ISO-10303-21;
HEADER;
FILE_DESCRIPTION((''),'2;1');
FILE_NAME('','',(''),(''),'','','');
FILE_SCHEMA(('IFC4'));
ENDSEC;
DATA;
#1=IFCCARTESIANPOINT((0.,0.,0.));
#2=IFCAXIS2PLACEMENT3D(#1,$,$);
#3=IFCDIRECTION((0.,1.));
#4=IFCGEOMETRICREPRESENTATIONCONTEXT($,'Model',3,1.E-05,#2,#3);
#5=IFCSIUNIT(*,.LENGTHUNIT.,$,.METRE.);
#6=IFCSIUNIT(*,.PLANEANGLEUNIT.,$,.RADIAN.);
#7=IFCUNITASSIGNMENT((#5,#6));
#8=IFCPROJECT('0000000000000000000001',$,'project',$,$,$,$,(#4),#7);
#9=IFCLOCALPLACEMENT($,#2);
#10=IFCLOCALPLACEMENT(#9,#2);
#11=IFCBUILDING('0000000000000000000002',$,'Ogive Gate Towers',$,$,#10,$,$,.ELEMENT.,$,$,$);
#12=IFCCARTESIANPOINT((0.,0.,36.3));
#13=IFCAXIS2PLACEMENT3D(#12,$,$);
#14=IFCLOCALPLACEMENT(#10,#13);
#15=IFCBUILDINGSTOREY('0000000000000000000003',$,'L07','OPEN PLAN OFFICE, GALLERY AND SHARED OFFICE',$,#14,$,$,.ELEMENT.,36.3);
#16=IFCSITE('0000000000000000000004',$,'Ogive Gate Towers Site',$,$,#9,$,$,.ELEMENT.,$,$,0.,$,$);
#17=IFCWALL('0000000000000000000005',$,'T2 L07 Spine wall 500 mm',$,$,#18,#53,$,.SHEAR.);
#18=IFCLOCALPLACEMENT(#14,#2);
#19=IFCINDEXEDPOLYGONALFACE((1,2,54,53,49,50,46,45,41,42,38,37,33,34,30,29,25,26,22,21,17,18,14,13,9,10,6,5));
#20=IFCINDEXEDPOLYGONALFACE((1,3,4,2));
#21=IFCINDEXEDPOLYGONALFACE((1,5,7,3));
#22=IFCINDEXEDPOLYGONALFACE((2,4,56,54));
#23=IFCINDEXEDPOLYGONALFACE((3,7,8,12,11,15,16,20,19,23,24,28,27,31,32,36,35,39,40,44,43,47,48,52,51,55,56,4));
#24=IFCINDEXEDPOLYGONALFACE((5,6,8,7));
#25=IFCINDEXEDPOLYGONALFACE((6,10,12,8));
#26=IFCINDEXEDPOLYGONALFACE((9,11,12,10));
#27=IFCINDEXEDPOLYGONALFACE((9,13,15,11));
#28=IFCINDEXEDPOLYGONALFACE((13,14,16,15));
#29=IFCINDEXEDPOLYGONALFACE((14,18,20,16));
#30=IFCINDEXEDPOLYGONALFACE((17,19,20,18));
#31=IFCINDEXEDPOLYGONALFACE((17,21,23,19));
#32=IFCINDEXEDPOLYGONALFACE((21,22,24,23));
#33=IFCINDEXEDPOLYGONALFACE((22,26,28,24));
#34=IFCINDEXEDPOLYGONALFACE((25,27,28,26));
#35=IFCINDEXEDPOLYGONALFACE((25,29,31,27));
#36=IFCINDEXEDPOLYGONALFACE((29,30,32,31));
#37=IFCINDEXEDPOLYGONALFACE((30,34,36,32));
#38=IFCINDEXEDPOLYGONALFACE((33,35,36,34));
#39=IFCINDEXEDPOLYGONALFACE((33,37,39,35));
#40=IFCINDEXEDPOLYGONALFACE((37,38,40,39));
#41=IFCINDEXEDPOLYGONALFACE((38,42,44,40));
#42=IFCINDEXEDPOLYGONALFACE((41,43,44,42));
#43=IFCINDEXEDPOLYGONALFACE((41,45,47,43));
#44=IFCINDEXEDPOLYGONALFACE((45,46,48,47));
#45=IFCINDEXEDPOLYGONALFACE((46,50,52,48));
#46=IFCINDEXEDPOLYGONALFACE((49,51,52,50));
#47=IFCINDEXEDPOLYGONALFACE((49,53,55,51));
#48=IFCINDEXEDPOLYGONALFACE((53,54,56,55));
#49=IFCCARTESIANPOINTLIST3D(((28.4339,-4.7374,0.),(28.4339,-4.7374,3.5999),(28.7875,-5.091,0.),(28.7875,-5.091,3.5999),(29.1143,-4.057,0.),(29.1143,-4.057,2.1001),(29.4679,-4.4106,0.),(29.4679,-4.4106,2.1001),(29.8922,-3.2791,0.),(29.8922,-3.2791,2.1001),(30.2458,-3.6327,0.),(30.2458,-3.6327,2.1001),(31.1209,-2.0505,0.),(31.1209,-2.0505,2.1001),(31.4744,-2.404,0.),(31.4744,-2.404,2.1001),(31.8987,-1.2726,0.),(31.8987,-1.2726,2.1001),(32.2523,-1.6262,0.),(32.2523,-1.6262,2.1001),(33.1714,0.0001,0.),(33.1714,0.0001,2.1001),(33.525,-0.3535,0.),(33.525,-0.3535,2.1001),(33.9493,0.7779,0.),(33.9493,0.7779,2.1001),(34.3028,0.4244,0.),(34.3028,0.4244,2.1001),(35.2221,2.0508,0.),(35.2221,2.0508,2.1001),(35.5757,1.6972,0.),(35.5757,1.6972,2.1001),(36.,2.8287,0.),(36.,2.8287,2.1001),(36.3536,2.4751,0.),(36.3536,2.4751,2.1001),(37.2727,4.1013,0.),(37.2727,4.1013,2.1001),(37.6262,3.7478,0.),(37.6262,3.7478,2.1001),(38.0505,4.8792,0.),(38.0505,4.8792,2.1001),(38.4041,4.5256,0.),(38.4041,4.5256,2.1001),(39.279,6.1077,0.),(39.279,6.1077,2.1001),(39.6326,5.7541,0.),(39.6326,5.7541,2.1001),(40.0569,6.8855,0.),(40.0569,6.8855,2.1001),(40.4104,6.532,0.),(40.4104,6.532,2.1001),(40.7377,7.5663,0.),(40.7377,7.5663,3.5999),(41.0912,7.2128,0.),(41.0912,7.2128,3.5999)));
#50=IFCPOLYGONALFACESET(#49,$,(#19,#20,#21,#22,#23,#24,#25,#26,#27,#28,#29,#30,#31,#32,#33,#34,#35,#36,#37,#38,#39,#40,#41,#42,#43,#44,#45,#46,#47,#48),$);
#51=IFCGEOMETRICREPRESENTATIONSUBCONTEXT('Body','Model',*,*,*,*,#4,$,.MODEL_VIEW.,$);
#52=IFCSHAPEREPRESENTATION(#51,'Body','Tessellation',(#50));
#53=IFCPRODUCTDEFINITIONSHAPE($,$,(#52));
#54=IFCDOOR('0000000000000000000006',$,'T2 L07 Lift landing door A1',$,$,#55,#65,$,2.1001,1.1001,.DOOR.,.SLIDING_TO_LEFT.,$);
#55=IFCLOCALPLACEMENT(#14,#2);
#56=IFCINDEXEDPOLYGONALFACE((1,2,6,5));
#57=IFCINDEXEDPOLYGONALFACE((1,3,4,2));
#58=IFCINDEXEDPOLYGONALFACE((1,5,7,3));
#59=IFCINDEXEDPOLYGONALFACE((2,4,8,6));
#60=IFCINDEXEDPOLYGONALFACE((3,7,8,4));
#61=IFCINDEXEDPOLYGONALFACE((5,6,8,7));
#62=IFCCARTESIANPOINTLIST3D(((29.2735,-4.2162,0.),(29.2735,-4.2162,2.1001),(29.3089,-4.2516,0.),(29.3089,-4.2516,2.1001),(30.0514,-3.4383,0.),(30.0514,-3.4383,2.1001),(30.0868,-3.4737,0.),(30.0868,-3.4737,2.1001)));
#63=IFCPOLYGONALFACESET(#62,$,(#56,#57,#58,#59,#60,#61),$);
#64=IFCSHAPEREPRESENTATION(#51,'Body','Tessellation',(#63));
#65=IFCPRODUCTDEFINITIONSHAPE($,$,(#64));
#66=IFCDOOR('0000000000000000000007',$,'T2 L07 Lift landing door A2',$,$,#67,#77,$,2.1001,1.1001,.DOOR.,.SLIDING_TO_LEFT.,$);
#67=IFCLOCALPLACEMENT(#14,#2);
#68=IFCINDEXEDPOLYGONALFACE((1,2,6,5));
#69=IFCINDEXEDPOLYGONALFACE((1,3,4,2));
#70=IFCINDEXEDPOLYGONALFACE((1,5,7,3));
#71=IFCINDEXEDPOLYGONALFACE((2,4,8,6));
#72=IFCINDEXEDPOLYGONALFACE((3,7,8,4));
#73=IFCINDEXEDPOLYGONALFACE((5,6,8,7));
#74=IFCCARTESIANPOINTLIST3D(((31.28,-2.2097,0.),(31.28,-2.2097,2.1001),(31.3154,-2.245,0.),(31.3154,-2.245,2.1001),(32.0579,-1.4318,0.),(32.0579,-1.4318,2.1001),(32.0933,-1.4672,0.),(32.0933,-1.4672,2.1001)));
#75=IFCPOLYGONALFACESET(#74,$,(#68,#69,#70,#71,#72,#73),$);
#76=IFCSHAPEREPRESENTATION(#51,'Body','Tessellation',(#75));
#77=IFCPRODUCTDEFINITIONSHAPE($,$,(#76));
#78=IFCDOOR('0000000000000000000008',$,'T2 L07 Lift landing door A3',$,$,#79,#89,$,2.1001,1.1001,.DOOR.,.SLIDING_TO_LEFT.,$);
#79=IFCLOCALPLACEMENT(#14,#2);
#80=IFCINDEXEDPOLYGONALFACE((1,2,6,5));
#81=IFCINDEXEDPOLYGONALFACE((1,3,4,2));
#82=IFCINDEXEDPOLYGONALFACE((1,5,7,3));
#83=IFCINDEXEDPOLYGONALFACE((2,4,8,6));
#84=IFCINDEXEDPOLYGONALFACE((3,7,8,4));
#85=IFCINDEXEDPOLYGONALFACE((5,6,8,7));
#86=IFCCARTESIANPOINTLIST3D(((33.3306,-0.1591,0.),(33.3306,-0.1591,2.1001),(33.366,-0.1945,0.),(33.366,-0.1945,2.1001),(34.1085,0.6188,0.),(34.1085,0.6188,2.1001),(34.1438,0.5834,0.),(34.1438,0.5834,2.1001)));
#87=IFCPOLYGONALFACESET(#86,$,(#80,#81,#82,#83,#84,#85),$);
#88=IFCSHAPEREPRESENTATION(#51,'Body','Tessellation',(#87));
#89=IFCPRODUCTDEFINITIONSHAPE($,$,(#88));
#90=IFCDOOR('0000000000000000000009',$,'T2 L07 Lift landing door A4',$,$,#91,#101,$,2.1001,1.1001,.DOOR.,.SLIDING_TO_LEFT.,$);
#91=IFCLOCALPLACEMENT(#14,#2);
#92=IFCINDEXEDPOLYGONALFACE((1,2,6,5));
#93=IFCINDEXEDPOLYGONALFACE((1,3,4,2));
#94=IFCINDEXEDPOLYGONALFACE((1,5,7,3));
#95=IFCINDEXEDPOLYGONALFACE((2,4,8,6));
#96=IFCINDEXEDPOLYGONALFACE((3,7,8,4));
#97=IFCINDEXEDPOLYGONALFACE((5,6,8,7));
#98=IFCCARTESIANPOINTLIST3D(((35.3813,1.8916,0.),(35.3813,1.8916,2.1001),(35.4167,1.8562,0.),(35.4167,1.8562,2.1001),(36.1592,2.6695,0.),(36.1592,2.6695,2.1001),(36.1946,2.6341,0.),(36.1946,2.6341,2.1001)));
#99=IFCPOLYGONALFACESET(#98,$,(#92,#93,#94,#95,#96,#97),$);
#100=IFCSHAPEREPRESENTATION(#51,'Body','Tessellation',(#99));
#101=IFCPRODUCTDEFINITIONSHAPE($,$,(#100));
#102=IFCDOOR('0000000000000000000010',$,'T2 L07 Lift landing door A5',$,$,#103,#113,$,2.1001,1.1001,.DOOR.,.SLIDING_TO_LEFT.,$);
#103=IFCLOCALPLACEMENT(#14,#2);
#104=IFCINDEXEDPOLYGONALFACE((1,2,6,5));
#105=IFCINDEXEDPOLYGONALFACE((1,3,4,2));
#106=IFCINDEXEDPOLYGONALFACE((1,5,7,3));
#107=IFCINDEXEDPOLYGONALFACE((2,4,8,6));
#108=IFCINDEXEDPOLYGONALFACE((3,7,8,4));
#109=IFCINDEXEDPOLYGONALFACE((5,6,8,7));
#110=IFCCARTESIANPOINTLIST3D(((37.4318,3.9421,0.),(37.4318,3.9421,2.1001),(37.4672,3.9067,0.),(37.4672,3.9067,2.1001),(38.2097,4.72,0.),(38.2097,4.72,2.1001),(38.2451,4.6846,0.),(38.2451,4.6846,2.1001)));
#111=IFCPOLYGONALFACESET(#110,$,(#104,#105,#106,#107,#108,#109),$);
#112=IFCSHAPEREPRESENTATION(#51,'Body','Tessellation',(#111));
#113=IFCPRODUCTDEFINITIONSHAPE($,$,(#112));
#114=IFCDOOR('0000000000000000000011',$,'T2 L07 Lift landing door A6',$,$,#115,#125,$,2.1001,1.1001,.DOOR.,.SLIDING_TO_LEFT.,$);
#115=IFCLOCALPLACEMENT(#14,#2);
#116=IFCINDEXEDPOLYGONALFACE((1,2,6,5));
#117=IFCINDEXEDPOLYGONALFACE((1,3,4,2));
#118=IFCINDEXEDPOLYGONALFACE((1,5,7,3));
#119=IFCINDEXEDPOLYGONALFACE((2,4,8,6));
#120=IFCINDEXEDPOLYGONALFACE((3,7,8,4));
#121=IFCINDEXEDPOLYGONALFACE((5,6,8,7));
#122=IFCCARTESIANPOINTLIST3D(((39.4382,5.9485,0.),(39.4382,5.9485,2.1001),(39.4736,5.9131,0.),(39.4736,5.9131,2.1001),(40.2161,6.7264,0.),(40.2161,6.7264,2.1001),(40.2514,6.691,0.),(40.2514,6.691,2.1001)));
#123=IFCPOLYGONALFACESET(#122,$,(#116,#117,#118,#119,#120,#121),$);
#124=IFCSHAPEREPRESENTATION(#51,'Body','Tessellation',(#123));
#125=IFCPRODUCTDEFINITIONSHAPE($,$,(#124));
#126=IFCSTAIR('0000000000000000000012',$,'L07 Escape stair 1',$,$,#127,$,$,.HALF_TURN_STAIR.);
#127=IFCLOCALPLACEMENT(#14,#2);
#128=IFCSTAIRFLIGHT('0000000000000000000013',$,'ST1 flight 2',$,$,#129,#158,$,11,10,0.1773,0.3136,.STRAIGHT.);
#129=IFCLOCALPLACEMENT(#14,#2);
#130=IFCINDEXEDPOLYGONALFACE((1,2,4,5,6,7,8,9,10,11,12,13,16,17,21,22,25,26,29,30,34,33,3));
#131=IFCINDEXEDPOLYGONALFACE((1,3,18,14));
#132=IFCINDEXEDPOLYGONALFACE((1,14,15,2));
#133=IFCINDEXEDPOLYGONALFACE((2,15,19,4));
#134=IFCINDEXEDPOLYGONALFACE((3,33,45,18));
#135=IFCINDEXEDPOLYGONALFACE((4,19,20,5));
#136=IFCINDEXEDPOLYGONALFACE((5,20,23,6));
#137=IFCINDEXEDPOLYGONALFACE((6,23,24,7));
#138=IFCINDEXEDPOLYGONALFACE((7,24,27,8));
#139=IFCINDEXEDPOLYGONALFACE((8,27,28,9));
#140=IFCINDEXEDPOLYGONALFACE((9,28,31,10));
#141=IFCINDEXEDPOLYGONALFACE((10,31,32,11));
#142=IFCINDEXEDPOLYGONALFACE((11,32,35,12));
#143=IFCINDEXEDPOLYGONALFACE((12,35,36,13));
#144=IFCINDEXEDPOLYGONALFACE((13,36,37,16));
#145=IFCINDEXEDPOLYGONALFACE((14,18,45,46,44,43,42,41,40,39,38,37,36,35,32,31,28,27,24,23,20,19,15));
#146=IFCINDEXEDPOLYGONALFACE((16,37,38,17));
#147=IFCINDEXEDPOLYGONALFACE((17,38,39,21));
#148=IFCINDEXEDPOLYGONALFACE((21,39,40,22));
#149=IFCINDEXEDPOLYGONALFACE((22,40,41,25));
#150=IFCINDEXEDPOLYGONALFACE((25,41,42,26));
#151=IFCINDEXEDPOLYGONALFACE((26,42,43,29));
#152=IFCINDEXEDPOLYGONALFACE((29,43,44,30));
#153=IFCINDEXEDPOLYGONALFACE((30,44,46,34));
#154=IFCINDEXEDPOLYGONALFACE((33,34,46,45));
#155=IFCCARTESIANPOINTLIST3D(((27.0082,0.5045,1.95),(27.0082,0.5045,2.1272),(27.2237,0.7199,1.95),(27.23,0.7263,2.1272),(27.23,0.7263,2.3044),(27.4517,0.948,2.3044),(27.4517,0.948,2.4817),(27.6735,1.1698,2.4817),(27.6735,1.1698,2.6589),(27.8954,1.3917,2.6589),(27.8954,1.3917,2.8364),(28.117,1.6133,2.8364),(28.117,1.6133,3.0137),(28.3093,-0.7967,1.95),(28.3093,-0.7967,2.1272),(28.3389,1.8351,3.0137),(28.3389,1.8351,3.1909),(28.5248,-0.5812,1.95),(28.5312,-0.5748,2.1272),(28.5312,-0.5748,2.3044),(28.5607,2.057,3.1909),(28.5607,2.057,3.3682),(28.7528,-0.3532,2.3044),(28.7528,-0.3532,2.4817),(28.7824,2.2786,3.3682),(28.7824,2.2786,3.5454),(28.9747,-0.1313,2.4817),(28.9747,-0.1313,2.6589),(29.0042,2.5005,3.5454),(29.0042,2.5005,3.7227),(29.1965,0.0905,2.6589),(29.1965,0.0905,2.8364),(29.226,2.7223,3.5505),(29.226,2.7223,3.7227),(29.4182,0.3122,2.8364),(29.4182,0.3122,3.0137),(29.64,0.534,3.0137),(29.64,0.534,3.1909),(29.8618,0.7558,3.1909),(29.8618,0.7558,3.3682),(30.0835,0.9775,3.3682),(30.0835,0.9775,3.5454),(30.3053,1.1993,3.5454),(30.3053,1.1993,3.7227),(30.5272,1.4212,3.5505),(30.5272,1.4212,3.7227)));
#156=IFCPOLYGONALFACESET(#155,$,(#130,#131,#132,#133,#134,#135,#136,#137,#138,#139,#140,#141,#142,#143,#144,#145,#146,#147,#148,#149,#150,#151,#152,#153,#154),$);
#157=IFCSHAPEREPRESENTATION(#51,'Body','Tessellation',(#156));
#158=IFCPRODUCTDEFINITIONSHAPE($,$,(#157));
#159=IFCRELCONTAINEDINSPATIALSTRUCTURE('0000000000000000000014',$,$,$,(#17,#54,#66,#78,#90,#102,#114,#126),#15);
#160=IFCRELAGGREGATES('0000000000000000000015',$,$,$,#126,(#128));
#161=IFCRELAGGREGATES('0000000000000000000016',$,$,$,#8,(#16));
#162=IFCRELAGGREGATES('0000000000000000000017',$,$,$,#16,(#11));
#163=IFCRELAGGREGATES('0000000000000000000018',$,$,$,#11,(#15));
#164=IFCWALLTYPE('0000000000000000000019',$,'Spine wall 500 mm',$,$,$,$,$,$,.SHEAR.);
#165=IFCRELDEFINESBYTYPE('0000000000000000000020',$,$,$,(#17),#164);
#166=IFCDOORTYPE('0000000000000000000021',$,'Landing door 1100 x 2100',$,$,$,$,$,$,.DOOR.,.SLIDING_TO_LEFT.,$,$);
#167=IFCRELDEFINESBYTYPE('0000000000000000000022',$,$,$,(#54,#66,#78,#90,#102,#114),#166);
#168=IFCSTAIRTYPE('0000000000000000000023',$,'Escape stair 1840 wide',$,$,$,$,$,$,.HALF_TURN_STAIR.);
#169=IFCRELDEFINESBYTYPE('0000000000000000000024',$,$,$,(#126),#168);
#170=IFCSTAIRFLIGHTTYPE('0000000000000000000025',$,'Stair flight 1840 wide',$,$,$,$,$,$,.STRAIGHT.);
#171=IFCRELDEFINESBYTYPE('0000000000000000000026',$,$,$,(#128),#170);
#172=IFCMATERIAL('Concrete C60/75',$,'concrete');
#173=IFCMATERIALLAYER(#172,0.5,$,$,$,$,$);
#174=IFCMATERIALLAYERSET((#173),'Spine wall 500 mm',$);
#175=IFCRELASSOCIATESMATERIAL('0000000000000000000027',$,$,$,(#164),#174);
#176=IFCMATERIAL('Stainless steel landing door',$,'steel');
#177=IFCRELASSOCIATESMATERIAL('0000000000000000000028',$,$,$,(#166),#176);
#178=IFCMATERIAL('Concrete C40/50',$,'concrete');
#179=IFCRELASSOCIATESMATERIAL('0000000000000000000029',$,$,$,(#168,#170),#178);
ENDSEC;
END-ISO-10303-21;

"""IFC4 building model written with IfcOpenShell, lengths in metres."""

from ifc_helpers import new_model, si_unit, direction, frame, frame_2d, origin, place, context, subcontext, project, spatial, polyline, rectangle, outline, extrude, material, layer, layer_set, type_object, element, fill, aggregate, save


model = new_model("IFC4")

# Units and contexts
model_context = context("Model", 3, precision=1e-05, world=origin(), true_north=direction((0.0, 1.0)))
body_context = subcontext(model_context, "Body", "Model", "MODEL_VIEW")
ifc_project = project(units=[si_unit("LENGTHUNIT", "METRE"), si_unit("PLANEANGLEUNIT", "RADIAN")], contexts=[model_context])

# Site, building, storey
site_placement = place(None, origin())
site = spatial("IfcSite", under=ifc_project, at=site_placement, Name="Ogive Gate Towers Site", CompositionType="ELEMENT", RefElevation=0.0)
building_placement = place(site_placement, origin())
building = spatial("IfcBuilding", under=site, at=building_placement, Name="Ogive Gate Towers", CompositionType="ELEMENT")
storey_placement = place(building_placement, frame((0.0, 0.0, 36.3)))
storey = spatial("IfcBuildingStorey", under=building, at=storey_placement, Name="L07", Description="OPEN PLAN OFFICE, GALLERY AND SHARED OFFICE", CompositionType="ELEMENT", Elevation=36.3)

# Shared definitions
ifc_material_1 = material(Name="Concrete C60/75", Category="concrete")

# Wall, openings, doors
ifc_layer_1 = layer(ifc_material_1, 0.5)
ifc_layer_set_1 = layer_set([ifc_layer_1], Name="Spine wall 500 mm")
wall_type_1 = type_object("IfcWallType", Name="Spine wall 500 mm", PredefinedType="SHEAR", material=ifc_layer_set_1)
ifc_material_2 = material(Name="Stainless steel landing door", Category="steel")
wall_1_placement = place(storey_placement, frame((28.6106, -4.9143, 0.0), z_axis=(0.0, 0.0, 1.0), x_axis=(0.707107, 0.707107, 0.0)))
wall_1 = element("IfcWall", 1, at=wall_1_placement, inside=storey, type_object=wall_type_1, Name="T2 L07 Spine wall 500 mm", PredefinedType="SHEAR", context=body_context, shape_type="SweptSolid", body=[
    extrude(rectangle(XDim=17.4001, YDim=0.5, at=frame_2d((8.7002, 0.0))), origin(), (0.0, 0.0, 1.0), 3.5999),
])
opening_1_placement = place(wall_1_placement, frame((0.9624, 0.0, 0.0)))
opening_1 = element("IfcOpeningElement", 2, at=opening_1_placement, cuts=wall_1, PredefinedType="OPENING", context=body_context, shape_type="SweptSolid", body=[
    extrude(rectangle(XDim=1.1001, YDim=2.1001, at=frame_2d((0.55, 1.05))), frame((0.0, 0.26, 0.0), z_axis=(0.0, -1.0, 0.0), x_axis=(1.0, 0.0, 0.0)), (0.0, 0.0, 1.0), 0.52),
])
opening_2_placement = place(wall_1_placement, frame((3.8, 0.0, 0.0)))
opening_2 = element("IfcOpeningElement", 3, at=opening_2_placement, cuts=wall_1, PredefinedType="OPENING", context=body_context, shape_type="SweptSolid", body=[
    extrude(rectangle(XDim=1.1001, YDim=2.1001, at=frame_2d((0.55, 1.05))), frame((0.0, 0.26, 0.0), z_axis=(0.0, -1.0, 0.0), x_axis=(1.0, 0.0, 0.0)), (0.0, 0.0, 1.0), 0.52),
])
opening_3_placement = place(wall_1_placement, frame((6.7, 0.0, 0.0)))
opening_3 = element("IfcOpeningElement", 4, at=opening_3_placement, cuts=wall_1, PredefinedType="OPENING", context=body_context, shape_type="SweptSolid", body=[
    extrude(rectangle(XDim=1.1001, YDim=2.1001, at=frame_2d((0.55, 1.05))), frame((0.0, 0.26, 0.0), z_axis=(0.0, -1.0, 0.0), x_axis=(1.0, 0.0, 0.0)), (0.0, 0.0, 1.0), 0.52),
])
opening_4_placement = place(wall_1_placement, frame((9.6001, 0.0, 0.0)))
opening_4 = element("IfcOpeningElement", 5, at=opening_4_placement, cuts=wall_1, PredefinedType="OPENING", context=body_context, shape_type="SweptSolid", body=[
    extrude(rectangle(XDim=1.1001, YDim=2.1001, at=frame_2d((0.55, 1.05))), frame((0.0, 0.26, 0.0), z_axis=(0.0, -1.0, 0.0), x_axis=(1.0, 0.0, 0.0)), (0.0, 0.0, 1.0), 0.52),
])
opening_5_placement = place(wall_1_placement, frame((12.5, 0.0, 0.0)))
opening_5 = element("IfcOpeningElement", 6, at=opening_5_placement, cuts=wall_1, PredefinedType="OPENING", context=body_context, shape_type="SweptSolid", body=[
    extrude(rectangle(XDim=1.1001, YDim=2.1001, at=frame_2d((0.55, 1.05))), frame((0.0, 0.26, 0.0), z_axis=(0.0, -1.0, 0.0), x_axis=(1.0, 0.0, 0.0)), (0.0, 0.0, 1.0), 0.52),
])
opening_6_placement = place(wall_1_placement, frame((15.3374, 0.0, 0.0)))
opening_6 = element("IfcOpeningElement", 7, at=opening_6_placement, cuts=wall_1, PredefinedType="OPENING", context=body_context, shape_type="SweptSolid", body=[
    extrude(rectangle(XDim=1.1001, YDim=2.1001, at=frame_2d((0.55, 1.05))), frame((0.0, 0.26, 0.0), z_axis=(0.0, -1.0, 0.0), x_axis=(1.0, 0.0, 0.0)), (0.0, 0.0, 1.0), 0.52),
])
door_type_1 = type_object("IfcDoorType", Name="Landing door 1100 x 2100", OperationType="SLIDING_TO_LEFT", PredefinedType="DOOR", material=ifc_material_2)
door_1_placement = place(opening_1_placement, origin())
door_1 = element("IfcDoor", 8, at=door_1_placement, inside=storey, type_object=door_type_1, Name="T2 L07 Lift landing door A1", OperationType="SLIDING_TO_LEFT", OverallHeight=2.1001, OverallWidth=1.1001, PredefinedType="DOOR", context=body_context, shape_type="SweptSolid", body=[
    extrude(rectangle(XDim=1.1001, YDim=2.1001, at=frame_2d((0.55, 1.05))), frame((0.0, 0.0249, 0.0), z_axis=(0.0, -1.0, 0.0), x_axis=(1.0, 0.0, 0.0)), (0.0, 0.0, 1.0), 0.05),
])
fill(opening_1, door_1)
door_2_placement = place(opening_2_placement, origin())
door_2 = element("IfcDoor", 9, at=door_2_placement, inside=storey, type_object=door_type_1, Name="T2 L07 Lift landing door A2", OperationType="SLIDING_TO_LEFT", OverallHeight=2.1001, OverallWidth=1.1001, PredefinedType="DOOR", context=body_context, shape_type="SweptSolid", body=[
    extrude(rectangle(XDim=1.1001, YDim=2.1001, at=frame_2d((0.55, 1.05))), frame((0.0, 0.0249, 0.0), z_axis=(0.0, -1.0, 0.0), x_axis=(1.0, 0.0, 0.0)), (0.0, 0.0, 1.0), 0.05),
])
fill(opening_2, door_2)
door_3_placement = place(opening_3_placement, origin())
door_3 = element("IfcDoor", 10, at=door_3_placement, inside=storey, type_object=door_type_1, Name="T2 L07 Lift landing door A3", OperationType="SLIDING_TO_LEFT", OverallHeight=2.1001, OverallWidth=1.1001, PredefinedType="DOOR", context=body_context, shape_type="SweptSolid", body=[
    extrude(rectangle(XDim=1.1001, YDim=2.1001, at=frame_2d((0.55, 1.05))), frame((0.0, 0.0249, 0.0), z_axis=(0.0, -1.0, 0.0), x_axis=(1.0, 0.0, 0.0)), (0.0, 0.0, 1.0), 0.05),
])
fill(opening_3, door_3)
door_4_placement = place(opening_4_placement, origin())
door_4 = element("IfcDoor", 11, at=door_4_placement, inside=storey, type_object=door_type_1, Name="T2 L07 Lift landing door A4", OperationType="SLIDING_TO_LEFT", OverallHeight=2.1001, OverallWidth=1.1001, PredefinedType="DOOR", context=body_context, shape_type="SweptSolid", body=[
    extrude(rectangle(XDim=1.1001, YDim=2.1001, at=frame_2d((0.55, 1.05))), frame((0.0, 0.0249, 0.0), z_axis=(0.0, -1.0, 0.0), x_axis=(1.0, 0.0, 0.0)), (0.0, 0.0, 1.0), 0.05),
])
fill(opening_4, door_4)
door_5_placement = place(opening_5_placement, origin())
door_5 = element("IfcDoor", 12, at=door_5_placement, inside=storey, type_object=door_type_1, Name="T2 L07 Lift landing door A5", OperationType="SLIDING_TO_LEFT", OverallHeight=2.1001, OverallWidth=1.1001, PredefinedType="DOOR", context=body_context, shape_type="SweptSolid", body=[
    extrude(rectangle(XDim=1.1001, YDim=2.1001, at=frame_2d((0.55, 1.05))), frame((0.0, 0.0249, 0.0), z_axis=(0.0, -1.0, 0.0), x_axis=(1.0, 0.0, 0.0)), (0.0, 0.0, 1.0), 0.05),
])
fill(opening_5, door_5)
door_6_placement = place(opening_6_placement, origin())
door_6 = element("IfcDoor", 13, at=door_6_placement, inside=storey, type_object=door_type_1, Name="T2 L07 Lift landing door A6", OperationType="SLIDING_TO_LEFT", OverallHeight=2.1001, OverallWidth=1.1001, PredefinedType="DOOR", context=body_context, shape_type="SweptSolid", body=[
    extrude(rectangle(XDim=1.1001, YDim=2.1001, at=frame_2d((0.55, 1.05))), frame((0.0, 0.0249, 0.0), z_axis=(0.0, -1.0, 0.0), x_axis=(1.0, 0.0, 0.0)), (0.0, 0.0, 1.0), 0.05),
])
fill(opening_6, door_6)

# Stair, stair flight
ifc_material_3 = material(Name="Concrete C40/50", Category="concrete")
stair_type = type_object("IfcStairType", Name="Escape stair 1840 wide", PredefinedType="HALF_TURN_STAIR", material=ifc_material_3)
stair_placement = place(storey_placement, origin())
stair = element("IfcStair", 14, at=stair_placement, inside=storey, type_object=stair_type, Name="L07 Escape stair 1", PredefinedType="HALF_TURN_STAIR")
stair_flight_type = type_object("IfcStairFlightType", Name="Stair flight 1840 wide", PredefinedType="STRAIGHT", material=ifc_material_3)
stair_flight_placement = place(storey_placement, frame((27.6587, -0.146, 1.95), z_axis=(0.0, 0.0, 1.0), x_axis=(0.707107, 0.707107, 0.0)))
stair_flight = element("IfcStairFlight", 15, at=stair_flight_placement, type_object=stair_flight_type, Name="ST1 flight 2", NumberOfRisers=11, NumberOfTreads=10, PredefinedType="STRAIGHT", RiserHeight=0.1773, TreadLength=0.3136, context=body_context, shape_type="SweptSolid", body=[
    extrude(outline(polyline([(0.0, 0.0), (0.0, 0.1772), (0.3137, 0.1772), (0.3137, 0.3545), (0.6272, 0.3545), (0.6272, 0.5317), (0.9409, 0.5317), (0.9409, 0.709), (1.2546, 0.709), (1.2546, 0.8865), (1.5681, 0.8865), (1.5681, 1.0637), (1.8818, 1.0637), (1.8818, 1.241), (2.1956, 1.241), (2.1956, 1.4182), (2.509, 1.4182), (2.509, 1.5955), (2.8228, 1.5955), (2.8228, 1.7727), (3.1365, 1.7727), (3.1365, 1.95), (3.1365, 1.6006), (0.3047, 0.0), (0.0, 0.0)])), frame((0.0, 0.9199, 0.0), z_axis=(0.0, -1.0, 0.0), x_axis=(1.0, 0.0, 0.0)), (0.0, 0.0, 1.0), 1.8401),
])
aggregate(stair, [stair_flight])

save(model, "model.ifc")
